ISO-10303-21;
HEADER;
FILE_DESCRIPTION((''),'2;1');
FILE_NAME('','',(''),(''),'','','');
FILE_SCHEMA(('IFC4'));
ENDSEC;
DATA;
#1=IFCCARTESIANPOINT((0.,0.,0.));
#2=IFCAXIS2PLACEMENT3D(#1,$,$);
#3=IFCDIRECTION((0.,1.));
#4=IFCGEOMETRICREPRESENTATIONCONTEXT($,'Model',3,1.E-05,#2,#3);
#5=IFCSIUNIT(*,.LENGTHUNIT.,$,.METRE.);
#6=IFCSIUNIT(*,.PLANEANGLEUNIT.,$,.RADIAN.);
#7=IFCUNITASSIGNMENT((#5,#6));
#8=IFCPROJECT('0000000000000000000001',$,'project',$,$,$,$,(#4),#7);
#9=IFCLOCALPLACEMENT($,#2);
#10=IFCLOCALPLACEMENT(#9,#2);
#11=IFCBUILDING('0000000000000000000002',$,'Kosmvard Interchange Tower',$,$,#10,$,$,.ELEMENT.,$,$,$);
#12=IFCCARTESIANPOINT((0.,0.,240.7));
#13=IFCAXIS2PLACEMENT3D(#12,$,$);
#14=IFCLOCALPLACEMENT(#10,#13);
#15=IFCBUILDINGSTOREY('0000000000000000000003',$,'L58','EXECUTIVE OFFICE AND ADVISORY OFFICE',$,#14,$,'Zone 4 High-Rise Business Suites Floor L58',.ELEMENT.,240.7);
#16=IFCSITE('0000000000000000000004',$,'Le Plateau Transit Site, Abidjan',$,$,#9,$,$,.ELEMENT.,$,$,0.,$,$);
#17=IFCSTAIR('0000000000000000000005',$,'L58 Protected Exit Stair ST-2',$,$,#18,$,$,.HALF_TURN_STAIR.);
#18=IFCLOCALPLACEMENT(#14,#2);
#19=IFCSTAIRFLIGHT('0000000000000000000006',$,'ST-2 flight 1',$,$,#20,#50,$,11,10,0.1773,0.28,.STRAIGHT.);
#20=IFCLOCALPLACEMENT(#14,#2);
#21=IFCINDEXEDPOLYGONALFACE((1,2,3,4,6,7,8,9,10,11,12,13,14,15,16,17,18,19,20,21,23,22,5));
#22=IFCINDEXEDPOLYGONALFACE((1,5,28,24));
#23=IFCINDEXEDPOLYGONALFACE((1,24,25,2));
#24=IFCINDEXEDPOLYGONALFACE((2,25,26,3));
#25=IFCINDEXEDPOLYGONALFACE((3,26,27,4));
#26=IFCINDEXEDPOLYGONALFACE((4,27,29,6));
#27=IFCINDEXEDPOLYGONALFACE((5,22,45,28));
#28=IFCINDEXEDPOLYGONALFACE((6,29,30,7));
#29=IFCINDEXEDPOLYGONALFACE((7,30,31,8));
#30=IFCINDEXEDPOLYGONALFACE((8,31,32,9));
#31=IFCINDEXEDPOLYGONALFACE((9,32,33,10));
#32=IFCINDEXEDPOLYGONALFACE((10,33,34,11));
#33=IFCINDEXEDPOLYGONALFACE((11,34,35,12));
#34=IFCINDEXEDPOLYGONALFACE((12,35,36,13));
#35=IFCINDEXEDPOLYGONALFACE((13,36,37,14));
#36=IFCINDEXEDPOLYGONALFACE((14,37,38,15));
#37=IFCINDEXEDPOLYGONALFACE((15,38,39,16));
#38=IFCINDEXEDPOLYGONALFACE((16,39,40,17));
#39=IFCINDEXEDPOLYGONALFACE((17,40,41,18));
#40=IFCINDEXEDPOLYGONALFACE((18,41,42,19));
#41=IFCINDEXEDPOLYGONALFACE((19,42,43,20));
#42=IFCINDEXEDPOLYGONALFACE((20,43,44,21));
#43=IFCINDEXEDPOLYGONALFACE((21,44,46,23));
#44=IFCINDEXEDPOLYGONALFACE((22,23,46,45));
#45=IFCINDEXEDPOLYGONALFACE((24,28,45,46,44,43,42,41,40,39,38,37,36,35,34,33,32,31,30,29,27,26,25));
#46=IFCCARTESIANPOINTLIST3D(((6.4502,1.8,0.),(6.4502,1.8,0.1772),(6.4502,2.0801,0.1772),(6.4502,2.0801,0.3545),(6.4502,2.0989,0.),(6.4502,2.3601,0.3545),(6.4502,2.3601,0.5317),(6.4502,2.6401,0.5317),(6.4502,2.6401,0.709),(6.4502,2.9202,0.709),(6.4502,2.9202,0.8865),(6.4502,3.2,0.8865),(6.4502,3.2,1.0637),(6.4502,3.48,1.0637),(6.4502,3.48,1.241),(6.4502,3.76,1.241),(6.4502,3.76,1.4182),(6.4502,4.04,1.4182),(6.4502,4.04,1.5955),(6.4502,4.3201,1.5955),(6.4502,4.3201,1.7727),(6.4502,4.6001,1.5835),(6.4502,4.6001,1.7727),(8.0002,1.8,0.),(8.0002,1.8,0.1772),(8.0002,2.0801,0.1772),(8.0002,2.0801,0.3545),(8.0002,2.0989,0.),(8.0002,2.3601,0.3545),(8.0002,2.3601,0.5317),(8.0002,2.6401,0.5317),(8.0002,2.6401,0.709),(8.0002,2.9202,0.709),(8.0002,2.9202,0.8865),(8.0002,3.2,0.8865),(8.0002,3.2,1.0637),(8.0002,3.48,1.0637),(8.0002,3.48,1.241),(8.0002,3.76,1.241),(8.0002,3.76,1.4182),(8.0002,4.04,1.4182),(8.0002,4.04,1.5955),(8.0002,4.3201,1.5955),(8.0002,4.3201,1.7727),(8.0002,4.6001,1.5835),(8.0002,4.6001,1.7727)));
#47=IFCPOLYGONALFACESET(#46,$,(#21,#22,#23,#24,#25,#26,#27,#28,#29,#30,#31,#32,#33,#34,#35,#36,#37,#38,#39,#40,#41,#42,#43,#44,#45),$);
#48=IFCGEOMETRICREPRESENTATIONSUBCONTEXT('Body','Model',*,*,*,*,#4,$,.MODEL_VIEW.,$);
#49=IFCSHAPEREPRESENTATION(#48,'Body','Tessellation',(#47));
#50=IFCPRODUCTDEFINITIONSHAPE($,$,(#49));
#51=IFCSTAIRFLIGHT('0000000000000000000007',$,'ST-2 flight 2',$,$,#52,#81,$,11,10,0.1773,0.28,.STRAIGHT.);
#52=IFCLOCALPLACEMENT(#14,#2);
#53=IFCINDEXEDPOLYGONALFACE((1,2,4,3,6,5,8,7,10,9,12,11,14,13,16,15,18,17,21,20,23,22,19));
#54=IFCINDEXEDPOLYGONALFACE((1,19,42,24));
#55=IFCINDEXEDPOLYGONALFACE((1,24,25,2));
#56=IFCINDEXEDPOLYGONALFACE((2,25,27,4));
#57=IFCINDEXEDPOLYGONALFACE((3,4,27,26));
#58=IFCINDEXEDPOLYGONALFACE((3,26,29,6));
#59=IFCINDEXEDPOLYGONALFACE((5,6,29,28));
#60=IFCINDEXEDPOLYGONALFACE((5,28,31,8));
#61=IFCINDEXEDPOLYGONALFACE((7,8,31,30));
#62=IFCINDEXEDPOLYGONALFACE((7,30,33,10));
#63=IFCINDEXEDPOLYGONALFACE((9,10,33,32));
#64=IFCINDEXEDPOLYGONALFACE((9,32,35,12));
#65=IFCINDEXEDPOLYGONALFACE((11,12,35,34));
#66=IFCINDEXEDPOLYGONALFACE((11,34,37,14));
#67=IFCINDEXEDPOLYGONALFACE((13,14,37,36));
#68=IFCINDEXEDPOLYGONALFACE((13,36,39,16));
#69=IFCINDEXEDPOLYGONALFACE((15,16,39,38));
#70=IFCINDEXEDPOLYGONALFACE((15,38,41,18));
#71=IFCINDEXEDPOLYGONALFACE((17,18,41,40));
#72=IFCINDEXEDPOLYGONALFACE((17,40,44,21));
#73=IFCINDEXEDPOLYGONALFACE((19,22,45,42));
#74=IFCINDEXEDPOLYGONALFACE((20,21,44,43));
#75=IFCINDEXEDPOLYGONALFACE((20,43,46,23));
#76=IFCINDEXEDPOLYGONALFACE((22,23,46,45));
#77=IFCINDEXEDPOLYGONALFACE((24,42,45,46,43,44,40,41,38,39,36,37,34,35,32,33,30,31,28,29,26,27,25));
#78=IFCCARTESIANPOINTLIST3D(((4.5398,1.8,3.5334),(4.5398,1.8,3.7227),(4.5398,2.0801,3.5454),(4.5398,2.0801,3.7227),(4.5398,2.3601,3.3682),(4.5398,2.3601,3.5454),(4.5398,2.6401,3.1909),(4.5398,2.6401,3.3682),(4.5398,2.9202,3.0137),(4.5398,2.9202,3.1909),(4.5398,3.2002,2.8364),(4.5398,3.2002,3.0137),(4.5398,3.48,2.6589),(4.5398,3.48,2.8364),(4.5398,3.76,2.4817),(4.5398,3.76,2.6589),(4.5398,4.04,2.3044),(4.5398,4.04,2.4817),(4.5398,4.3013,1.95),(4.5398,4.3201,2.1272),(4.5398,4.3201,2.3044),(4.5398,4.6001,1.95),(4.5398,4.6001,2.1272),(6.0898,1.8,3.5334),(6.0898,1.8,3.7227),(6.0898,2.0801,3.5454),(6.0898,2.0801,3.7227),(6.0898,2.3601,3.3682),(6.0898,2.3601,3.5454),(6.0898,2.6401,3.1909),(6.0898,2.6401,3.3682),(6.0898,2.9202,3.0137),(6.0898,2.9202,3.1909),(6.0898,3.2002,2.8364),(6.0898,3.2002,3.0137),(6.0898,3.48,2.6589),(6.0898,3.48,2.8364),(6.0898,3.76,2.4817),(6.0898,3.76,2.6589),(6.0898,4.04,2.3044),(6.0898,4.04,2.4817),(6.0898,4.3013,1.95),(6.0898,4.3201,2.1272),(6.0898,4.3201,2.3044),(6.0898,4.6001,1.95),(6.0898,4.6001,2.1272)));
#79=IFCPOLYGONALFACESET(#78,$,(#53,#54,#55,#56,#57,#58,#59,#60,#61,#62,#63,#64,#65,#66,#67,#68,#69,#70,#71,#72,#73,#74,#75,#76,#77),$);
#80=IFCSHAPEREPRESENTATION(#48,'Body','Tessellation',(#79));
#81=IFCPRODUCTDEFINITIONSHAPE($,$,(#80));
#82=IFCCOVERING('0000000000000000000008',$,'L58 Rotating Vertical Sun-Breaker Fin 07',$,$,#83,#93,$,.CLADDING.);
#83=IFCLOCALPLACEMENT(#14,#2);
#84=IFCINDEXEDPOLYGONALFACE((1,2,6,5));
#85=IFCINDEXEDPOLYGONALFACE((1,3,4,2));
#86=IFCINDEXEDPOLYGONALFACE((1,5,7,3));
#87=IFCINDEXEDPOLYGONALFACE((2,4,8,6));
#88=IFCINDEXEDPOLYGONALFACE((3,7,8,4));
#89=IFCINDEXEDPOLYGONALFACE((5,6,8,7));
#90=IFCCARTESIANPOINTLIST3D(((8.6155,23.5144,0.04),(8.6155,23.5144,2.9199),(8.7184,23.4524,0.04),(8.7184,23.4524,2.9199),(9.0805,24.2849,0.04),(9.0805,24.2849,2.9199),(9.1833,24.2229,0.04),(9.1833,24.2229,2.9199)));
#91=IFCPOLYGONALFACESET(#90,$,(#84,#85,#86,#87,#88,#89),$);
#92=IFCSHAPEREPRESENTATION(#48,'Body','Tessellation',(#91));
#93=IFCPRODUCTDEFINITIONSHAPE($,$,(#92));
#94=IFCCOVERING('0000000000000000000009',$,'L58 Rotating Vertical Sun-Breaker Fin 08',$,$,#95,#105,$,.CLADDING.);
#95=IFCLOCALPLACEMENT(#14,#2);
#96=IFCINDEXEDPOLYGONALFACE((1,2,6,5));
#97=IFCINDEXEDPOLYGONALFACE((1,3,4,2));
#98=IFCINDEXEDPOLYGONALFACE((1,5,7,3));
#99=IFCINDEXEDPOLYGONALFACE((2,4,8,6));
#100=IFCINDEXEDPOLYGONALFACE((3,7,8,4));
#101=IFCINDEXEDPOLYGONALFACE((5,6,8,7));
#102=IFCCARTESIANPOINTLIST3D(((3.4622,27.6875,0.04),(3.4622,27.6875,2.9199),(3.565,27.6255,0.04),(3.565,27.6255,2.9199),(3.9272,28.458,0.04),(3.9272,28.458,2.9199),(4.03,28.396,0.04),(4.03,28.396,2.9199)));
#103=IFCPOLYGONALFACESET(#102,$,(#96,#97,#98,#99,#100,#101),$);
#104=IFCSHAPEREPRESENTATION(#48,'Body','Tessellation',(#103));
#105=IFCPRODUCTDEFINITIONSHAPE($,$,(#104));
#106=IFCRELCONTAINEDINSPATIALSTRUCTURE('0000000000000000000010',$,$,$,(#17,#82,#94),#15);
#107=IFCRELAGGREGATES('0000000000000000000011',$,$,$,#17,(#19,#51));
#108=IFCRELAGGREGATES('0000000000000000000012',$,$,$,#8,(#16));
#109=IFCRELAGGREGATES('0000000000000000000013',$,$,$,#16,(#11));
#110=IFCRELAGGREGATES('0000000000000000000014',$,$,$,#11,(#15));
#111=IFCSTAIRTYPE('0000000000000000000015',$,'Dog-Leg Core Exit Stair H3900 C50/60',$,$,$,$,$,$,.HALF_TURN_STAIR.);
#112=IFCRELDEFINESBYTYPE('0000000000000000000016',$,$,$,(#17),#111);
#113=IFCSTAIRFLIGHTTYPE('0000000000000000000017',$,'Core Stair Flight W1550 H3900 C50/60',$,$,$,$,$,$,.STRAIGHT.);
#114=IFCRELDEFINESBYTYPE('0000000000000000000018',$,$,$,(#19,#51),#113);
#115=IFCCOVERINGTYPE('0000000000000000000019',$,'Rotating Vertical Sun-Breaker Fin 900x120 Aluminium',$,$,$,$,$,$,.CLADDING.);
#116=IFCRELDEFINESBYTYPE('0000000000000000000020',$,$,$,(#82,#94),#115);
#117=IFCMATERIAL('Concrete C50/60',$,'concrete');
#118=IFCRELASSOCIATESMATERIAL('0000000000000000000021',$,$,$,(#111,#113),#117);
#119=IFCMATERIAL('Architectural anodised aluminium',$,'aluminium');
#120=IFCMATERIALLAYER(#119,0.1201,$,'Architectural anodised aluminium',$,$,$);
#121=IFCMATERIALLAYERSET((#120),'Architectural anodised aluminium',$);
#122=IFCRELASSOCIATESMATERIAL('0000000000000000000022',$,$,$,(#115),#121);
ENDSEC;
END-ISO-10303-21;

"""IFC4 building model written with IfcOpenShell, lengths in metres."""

from ifc_helpers import new_model, si_unit, direction, frame, origin, origin_2d, place, context, subcontext, project, spatial, polyline, rectangle, outline, extrude, source, transform, mapped, material, layer, layer_set, type_object, element, aggregate, save


model = new_model("IFC4")

# Units and contexts
model_context = context("Model", 3, precision=1e-05, world=origin(), true_north=direction((0.0, 1.0)))
body_context = subcontext(model_context, "Body", "Model", "MODEL_VIEW")
ifc_project = project(units=[si_unit("LENGTHUNIT", "METRE"), si_unit("PLANEANGLEUNIT", "RADIAN")], contexts=[model_context])

# Site, building, storey
site_placement = place(None, origin())
site = spatial("IfcSite", under=ifc_project, at=site_placement, Name="Le Plateau Transit Site, Abidjan", CompositionType="ELEMENT", RefElevation=0.0)
building_placement = place(site_placement, origin())
building = spatial("IfcBuilding", under=site, at=building_placement, Name="Kosmvard Interchange Tower", CompositionType="ELEMENT")
storey_placement = place(building_placement, frame((0.0, 0.0, 240.7)))
storey = spatial("IfcBuildingStorey", under=building, at=storey_placement, Name="L58", Description="EXECUTIVE OFFICE AND ADVISORY OFFICE", LongName="Zone 4 High-Rise Business Suites Floor L58", CompositionType="ELEMENT", Elevation=240.7)

# Shared definitions
ifc_material_1 = material(Name="Concrete C50/60", Category="concrete")

# Stair, stair flights
stair_type = type_object("IfcStairType", Name="Dog-Leg Core Exit Stair H3900 C50/60", PredefinedType="HALF_TURN_STAIR", material=ifc_material_1)
stair_placement = place(storey_placement, origin())
stair = element("IfcStair", 1, at=stair_placement, inside=storey, type_object=stair_type, Name="L58 Protected Exit Stair ST-2", PredefinedType="HALF_TURN_STAIR")
stair_flight_type = type_object("IfcStairFlightType", Name="Core Stair Flight W1550 H3900 C50/60", PredefinedType="STRAIGHT", material=ifc_material_1)
shared_shape_1 = source(origin(), body_context, "Body", "SweptSolid", [
    extrude(outline(polyline([(0.0, 0.0), (0.0, 0.1772), (0.28, 0.1772), (0.28, 0.3545), (0.5601, 0.3545), (0.5601, 0.5317), (0.8401, 0.5317), (0.8401, 0.709), (1.1201, 0.709), (1.1201, 0.8865), (1.3999, 0.8865), (1.3999, 1.0637), (1.6799, 1.0637), (1.6799, 1.241), (1.96, 1.241), (1.96, 1.4182), (2.24, 1.4182), (2.24, 1.5955), (2.52, 1.5955), (2.52, 1.7727), (2.8, 1.7727), (2.8, 1.95), (2.8, 1.5835), (0.2988, 0.0), (0.0, 0.0)])), frame((0.0, 0.7749, 0.0), z_axis=(0.0, -1.0, 0.0), x_axis=(1.0, 0.0, 0.0)), (0.0, 0.0, 1.0), 1.55),
])
stair_flight_1_placement = place(storey_placement, frame((7.2251, 1.8, 0.0), z_axis=(0.0, 0.0, 1.0), x_axis=(0.0, 1.0, 0.0)))
stair_flight_1 = element("IfcStairFlight", 2, at=stair_flight_1_placement, type_object=stair_flight_type, Name="ST-2 flight 1", NumberOfRisers=11, NumberOfTreads=10, PredefinedType="STRAIGHT", RiserHeight=0.1773, TreadLength=0.28, context=body_context, shape_type="MappedRepresentation", body=[
    mapped(shared_shape_1, transform((0.0, 0.0, 0.0), scale=1.0)),
])
stair_flight_2_placement = place(storey_placement, frame((5.3149, 4.6001, 1.95), z_axis=(0.0, 0.0, 1.0), x_axis=(0.0, -1.0, 0.0)))
stair_flight_2 = element("IfcStairFlight", 3, at=stair_flight_2_placement, type_object=stair_flight_type, Name="ST-2 flight 2", NumberOfRisers=11, NumberOfTreads=10, PredefinedType="STRAIGHT", RiserHeight=0.1773, TreadLength=0.28, context=body_context, shape_type="MappedRepresentation", body=[
    mapped(shared_shape_1, transform((0.0, 0.0, 0.0), scale=1.0)),
])
aggregate(stair, [stair_flight_1, stair_flight_2])

# Coverings
ifc_material_2 = material(Name="Architectural anodised aluminium", Category="aluminium")
ifc_layer_1 = layer(ifc_material_2, 0.1201, Name="Architectural anodised aluminium")
ifc_layer_set_1 = layer_set([ifc_layer_1], Name="Architectural anodised aluminium")
covering_type = type_object("IfcCoveringType", Name="Rotating Vertical Sun-Breaker Fin 900x120 Aluminium", PredefinedType="CLADDING", material=ifc_layer_set_1)
shared_shape_2 = source(origin(), body_context, "Body", "SweptSolid", [
    extrude(rectangle(XDim=0.8999, YDim=0.1201, at=origin_2d()), origin(), (0.0, 0.0, 1.0), 2.8799),
])
for number, where, z_axis, x_axis, name in (
    (4, (8.8994, 23.8687, 0.04), (0.0, 0.0, 1.0), (0.516683, 0.856177, 0.0), "L58 Rotating Vertical Sun-Breaker Fin 07"),
    (5, (3.7461, 28.0417, 0.04), (0.0, 0.0, 1.0), (0.516683, 0.856177, 0.0), "L58 Rotating Vertical Sun-Breaker Fin 08"),
):
    element("IfcCovering", number, at=place(storey_placement, frame(where, z_axis=z_axis, x_axis=x_axis)), inside=storey, type_object=covering_type, Name=name, PredefinedType="CLADDING", context=body_context, shape_type="MappedRepresentation", body=[
        mapped(shared_shape_2, transform((0.0, 0.0, 0.0), scale=1.0)),
    ])

save(model, "model.ifc")
